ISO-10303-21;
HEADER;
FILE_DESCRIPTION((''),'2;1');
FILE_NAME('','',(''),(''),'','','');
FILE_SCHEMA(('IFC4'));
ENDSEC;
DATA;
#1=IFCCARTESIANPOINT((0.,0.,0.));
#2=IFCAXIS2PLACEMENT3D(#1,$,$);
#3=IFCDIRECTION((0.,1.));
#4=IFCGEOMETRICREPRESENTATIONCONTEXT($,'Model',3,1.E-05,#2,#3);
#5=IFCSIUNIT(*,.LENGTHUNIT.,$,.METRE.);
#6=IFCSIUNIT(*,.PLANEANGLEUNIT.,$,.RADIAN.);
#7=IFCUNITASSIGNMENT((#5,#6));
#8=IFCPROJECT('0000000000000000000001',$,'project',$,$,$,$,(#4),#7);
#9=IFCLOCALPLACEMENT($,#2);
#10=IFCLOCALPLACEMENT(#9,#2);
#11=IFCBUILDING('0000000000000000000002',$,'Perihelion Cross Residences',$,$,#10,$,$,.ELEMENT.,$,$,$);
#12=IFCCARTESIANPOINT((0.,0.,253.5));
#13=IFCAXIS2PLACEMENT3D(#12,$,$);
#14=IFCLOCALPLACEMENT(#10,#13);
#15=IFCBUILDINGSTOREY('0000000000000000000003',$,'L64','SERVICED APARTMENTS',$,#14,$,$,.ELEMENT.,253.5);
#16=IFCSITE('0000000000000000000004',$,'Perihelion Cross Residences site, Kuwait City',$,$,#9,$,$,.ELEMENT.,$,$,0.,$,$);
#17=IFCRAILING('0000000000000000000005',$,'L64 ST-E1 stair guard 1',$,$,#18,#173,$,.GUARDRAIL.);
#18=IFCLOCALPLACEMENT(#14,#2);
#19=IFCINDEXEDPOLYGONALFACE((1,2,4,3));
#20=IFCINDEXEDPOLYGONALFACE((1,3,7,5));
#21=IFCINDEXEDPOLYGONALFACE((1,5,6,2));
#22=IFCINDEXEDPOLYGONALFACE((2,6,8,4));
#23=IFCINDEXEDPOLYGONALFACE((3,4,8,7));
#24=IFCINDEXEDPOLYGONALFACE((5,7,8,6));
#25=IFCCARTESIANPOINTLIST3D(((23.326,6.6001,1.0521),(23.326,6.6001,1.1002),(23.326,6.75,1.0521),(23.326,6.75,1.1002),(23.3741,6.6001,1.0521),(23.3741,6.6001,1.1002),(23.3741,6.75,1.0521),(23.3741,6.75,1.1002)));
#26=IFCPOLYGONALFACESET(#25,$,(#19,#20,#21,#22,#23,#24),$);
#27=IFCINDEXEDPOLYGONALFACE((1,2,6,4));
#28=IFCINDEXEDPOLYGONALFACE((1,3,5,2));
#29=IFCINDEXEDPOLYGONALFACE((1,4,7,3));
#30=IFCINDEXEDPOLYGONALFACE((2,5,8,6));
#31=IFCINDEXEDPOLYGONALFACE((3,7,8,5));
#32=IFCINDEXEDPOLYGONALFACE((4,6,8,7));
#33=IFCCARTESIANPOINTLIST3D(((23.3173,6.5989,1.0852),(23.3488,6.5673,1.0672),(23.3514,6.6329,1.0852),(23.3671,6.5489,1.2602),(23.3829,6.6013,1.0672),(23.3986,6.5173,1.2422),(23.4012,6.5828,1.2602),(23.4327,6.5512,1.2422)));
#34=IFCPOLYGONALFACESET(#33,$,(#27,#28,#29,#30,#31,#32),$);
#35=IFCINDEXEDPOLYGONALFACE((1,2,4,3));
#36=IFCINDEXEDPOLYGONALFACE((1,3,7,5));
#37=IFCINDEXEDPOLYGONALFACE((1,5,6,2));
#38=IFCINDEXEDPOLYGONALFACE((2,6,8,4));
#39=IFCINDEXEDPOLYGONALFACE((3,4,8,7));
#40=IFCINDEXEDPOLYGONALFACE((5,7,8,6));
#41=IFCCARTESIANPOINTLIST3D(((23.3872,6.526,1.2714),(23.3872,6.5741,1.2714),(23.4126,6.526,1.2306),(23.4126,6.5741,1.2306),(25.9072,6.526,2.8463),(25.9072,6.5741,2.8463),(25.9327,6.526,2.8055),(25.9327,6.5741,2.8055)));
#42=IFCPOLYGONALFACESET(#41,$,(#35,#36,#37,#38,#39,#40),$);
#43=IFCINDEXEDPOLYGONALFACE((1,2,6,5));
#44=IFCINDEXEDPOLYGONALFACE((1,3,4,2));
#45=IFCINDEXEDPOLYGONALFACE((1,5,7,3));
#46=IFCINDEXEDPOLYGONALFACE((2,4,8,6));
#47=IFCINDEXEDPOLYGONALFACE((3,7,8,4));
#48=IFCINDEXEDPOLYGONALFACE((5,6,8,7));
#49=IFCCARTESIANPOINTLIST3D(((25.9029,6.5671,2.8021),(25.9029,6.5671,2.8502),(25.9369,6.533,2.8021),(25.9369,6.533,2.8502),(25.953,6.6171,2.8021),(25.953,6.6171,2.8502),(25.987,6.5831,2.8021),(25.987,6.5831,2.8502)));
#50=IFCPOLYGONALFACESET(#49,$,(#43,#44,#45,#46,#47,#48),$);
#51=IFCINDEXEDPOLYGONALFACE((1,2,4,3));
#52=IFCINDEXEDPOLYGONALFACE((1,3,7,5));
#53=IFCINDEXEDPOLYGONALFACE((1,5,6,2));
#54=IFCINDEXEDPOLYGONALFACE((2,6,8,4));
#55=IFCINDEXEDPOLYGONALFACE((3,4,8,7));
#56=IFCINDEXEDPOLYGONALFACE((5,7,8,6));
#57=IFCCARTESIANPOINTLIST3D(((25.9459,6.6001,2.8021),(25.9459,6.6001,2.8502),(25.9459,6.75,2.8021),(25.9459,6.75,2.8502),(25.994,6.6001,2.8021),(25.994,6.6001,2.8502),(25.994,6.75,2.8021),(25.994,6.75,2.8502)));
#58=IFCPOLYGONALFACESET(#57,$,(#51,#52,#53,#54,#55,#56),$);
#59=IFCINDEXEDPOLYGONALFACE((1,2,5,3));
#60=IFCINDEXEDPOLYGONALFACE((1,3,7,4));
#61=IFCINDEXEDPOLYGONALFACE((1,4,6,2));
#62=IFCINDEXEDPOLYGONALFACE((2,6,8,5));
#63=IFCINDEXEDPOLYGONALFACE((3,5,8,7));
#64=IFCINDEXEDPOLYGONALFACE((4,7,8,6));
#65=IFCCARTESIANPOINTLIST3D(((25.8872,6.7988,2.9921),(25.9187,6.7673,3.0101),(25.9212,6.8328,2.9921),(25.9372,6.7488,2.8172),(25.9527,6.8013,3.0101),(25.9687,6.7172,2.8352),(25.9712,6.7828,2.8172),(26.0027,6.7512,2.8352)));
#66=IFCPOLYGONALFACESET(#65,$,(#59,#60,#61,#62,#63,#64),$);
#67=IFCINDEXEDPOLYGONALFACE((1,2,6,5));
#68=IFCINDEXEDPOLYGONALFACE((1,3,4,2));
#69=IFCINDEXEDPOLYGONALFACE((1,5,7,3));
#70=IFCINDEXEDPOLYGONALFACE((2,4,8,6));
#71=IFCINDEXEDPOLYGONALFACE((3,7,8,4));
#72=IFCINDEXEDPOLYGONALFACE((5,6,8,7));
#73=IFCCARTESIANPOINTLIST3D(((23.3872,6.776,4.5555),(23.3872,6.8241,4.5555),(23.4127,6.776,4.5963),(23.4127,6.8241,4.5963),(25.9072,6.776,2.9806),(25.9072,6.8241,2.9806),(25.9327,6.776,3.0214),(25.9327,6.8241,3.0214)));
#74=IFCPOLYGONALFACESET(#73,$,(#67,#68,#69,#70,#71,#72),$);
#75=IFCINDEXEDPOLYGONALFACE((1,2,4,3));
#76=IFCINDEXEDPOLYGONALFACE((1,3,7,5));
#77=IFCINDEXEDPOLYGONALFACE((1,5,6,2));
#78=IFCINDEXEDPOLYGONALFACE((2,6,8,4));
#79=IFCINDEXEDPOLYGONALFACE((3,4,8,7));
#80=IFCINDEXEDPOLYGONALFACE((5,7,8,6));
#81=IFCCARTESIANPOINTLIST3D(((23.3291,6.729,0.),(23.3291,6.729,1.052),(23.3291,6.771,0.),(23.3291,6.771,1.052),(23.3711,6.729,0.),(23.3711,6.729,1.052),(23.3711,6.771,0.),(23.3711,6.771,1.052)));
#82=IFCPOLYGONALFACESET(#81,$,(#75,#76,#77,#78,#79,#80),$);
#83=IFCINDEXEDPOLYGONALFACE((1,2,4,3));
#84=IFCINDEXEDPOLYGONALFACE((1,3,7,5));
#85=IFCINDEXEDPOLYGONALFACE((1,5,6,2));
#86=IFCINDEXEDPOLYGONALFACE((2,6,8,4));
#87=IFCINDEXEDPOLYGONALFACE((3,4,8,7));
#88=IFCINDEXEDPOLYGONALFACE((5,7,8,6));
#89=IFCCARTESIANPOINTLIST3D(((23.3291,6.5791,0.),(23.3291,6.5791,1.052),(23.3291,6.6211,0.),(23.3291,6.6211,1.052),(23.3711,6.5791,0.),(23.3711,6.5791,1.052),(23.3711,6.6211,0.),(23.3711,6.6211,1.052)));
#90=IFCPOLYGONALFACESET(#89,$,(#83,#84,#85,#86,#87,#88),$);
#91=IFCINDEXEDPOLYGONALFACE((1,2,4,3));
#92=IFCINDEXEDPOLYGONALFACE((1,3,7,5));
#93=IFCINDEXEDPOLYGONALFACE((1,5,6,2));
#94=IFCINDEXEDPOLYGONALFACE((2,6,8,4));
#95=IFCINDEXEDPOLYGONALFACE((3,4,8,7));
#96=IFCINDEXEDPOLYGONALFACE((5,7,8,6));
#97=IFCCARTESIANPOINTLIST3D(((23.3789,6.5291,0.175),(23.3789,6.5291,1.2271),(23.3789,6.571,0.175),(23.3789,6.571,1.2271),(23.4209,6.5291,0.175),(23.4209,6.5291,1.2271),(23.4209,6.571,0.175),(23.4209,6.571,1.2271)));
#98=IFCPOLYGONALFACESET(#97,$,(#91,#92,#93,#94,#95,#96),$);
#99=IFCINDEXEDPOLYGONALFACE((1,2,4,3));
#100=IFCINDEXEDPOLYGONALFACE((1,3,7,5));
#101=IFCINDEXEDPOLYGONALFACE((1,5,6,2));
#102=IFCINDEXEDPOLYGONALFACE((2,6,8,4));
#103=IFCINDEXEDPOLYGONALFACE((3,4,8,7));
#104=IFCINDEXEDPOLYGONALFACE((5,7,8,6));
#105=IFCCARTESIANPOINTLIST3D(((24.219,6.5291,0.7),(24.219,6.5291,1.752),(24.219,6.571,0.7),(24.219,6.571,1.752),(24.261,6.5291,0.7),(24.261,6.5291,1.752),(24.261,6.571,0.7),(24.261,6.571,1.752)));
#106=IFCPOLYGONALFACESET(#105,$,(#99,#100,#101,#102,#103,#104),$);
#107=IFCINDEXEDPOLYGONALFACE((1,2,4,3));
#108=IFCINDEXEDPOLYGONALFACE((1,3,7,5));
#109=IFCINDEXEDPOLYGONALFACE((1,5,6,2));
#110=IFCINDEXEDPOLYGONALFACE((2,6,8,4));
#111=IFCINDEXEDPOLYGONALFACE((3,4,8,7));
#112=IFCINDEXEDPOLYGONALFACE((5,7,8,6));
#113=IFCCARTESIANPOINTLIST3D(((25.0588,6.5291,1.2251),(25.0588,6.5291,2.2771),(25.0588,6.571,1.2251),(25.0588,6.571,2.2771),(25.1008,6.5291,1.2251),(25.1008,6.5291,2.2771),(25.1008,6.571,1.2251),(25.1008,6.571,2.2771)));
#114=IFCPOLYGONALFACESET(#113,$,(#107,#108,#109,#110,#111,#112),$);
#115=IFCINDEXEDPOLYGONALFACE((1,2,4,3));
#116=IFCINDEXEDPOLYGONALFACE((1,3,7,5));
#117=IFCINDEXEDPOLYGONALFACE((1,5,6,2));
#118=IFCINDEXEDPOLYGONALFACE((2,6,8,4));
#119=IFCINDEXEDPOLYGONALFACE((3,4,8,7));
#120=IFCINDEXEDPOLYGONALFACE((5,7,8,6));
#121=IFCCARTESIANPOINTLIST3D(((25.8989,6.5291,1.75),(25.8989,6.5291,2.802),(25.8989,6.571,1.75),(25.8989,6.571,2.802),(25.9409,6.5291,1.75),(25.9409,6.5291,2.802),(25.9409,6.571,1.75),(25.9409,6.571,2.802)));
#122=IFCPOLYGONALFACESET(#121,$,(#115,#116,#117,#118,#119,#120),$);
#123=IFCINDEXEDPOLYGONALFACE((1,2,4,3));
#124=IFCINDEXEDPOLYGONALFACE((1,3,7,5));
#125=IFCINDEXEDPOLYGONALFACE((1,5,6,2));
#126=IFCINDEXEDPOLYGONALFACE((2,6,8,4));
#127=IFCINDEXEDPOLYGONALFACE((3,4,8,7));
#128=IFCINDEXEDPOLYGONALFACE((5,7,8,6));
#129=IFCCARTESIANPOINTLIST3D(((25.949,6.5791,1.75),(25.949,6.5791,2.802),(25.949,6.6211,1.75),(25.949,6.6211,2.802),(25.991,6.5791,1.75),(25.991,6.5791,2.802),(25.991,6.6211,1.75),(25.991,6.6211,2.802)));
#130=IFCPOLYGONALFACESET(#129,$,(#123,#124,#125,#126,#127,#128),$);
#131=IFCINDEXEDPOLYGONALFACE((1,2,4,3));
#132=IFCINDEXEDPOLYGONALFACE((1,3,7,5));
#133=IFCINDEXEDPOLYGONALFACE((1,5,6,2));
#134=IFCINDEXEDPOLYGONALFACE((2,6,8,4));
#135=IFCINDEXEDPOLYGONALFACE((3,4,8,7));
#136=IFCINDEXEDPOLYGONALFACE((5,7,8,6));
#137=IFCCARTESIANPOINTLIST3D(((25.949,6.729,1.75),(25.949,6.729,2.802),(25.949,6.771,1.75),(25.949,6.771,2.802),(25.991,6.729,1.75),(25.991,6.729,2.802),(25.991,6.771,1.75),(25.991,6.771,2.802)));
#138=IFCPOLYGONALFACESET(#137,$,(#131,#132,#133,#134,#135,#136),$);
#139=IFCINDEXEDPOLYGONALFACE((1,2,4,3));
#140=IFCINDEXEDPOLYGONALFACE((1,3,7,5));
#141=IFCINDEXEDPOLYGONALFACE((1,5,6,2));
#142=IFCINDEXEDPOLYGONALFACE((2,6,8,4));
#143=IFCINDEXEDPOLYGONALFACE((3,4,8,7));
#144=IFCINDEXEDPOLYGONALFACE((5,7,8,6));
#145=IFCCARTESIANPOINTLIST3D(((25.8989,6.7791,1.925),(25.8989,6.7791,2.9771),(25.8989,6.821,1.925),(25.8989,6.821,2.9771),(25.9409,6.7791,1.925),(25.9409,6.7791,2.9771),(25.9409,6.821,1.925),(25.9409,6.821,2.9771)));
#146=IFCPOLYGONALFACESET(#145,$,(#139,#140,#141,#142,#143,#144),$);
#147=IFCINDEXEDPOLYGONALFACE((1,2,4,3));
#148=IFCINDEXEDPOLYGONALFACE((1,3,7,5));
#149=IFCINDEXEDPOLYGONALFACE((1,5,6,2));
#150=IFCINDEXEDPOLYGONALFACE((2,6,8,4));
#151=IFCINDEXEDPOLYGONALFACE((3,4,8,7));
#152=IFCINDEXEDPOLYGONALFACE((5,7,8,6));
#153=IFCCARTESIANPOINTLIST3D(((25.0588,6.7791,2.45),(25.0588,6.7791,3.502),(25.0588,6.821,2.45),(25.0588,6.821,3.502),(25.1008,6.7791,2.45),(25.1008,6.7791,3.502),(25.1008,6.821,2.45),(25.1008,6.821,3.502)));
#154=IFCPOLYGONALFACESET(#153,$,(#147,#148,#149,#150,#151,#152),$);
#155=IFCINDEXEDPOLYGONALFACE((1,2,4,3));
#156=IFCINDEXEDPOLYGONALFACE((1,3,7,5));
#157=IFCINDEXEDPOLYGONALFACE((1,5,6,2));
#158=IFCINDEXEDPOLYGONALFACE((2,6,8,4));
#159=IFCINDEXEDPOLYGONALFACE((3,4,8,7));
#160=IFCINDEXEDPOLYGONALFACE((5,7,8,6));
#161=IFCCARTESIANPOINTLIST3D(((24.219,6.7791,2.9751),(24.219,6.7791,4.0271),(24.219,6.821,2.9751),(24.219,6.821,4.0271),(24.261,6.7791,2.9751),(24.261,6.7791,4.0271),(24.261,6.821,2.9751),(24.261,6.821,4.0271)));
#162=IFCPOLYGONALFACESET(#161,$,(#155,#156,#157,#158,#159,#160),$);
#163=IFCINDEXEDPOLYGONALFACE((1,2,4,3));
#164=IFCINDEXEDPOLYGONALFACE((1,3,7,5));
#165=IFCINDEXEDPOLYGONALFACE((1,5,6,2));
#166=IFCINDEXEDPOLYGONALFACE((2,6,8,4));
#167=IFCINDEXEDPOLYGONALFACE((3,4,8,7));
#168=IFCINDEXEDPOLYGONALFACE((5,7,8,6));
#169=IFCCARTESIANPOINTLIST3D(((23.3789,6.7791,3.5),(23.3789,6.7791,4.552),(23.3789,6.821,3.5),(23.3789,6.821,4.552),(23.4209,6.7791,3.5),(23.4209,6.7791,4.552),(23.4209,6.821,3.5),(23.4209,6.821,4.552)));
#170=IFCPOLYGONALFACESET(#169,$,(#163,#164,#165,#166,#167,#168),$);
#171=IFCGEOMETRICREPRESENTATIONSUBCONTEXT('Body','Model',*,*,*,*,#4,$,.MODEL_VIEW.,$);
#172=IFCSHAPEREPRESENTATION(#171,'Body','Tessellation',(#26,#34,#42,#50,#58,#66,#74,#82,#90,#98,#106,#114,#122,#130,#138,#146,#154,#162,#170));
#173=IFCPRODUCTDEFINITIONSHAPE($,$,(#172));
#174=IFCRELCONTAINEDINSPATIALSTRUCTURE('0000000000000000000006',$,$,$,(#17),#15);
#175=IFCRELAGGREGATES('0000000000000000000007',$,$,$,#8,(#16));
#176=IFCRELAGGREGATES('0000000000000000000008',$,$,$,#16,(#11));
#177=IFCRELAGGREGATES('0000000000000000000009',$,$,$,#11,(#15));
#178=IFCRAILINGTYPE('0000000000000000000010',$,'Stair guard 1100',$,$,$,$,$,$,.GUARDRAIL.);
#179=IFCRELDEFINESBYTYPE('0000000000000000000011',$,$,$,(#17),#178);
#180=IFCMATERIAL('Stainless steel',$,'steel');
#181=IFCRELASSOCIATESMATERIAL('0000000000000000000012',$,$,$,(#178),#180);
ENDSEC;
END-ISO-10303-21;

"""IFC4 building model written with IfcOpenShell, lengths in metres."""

from ifc_helpers import new_model, si_unit, direction, frame, origin, origin_2d, place, context, subcontext, project, spatial, rectangle, extrude, material, type_object, element, save


model = new_model("IFC4")

# Units and contexts
model_context = context("Model", 3, precision=1e-05, world=origin(), true_north=direction((0.0, 1.0)))
body_context = subcontext(model_context, "Body", "Model", "MODEL_VIEW")
ifc_project = project(units=[si_unit("LENGTHUNIT", "METRE"), si_unit("PLANEANGLEUNIT", "RADIAN")], contexts=[model_context])

# Site, building, storey
site_placement = place(None, origin())
site = spatial("IfcSite", under=ifc_project, at=site_placement, Name="Perihelion Cross Residences site, Kuwait City", CompositionType="ELEMENT", RefElevation=0.0)
building_placement = place(site_placement, origin())
building = spatial("IfcBuilding", under=site, at=building_placement, Name="Perihelion Cross Residences", CompositionType="ELEMENT")
storey_placement = place(building_placement, frame((0.0, 0.0, 253.5)))
storey = spatial("IfcBuildingStorey", under=building, at=storey_placement, Name="L64", Description="SERVICED APARTMENTS", CompositionType="ELEMENT", Elevation=253.5)

# Railing
ifc_material_1 = material(Name="Stainless steel", Category="steel")
railing_type_1 = type_object("IfcRailingType", Name="Stair guard 1100", PredefinedType="GUARDRAIL", material=ifc_material_1)
railing_1_placement = place(storey_placement, frame((23.3501, 6.75, 0.0)))
element("IfcRailing", 1, at=railing_1_placement, inside=storey, type_object=railing_type_1, Name="L64 ST-E1 stair guard 1", PredefinedType="GUARDRAIL", context=body_context, shape_type="SweptSolid", body=[
    extrude(rectangle(XDim=0.0481, YDim=0.0481, at=origin_2d()), frame((0.0, 0.0, 1.0762), z_axis=(0.0, -1.0, 0.0), x_axis=(1.0, 0.0, 0.0)), (0.0, 0.0, 1.0), 0.1499),
    extrude(rectangle(XDim=0.0481, YDim=0.0481, at=origin_2d()), frame((0.0, -0.1499, 1.0762), z_axis=(0.263862, -0.265156, 0.927399), x_axis=(0.708834, 0.705376, 0.0)), (0.0, 0.0, 1.0), 0.1887),
    extrude(rectangle(XDim=0.0481, YDim=0.0481, at=origin_2d()), frame((0.0498, -0.2, 1.251), z_axis=(0.848008, 0.0, 0.529984), x_axis=(0.0, 1.0, 0.0)), (0.0, 0.0, 1.0), 2.9717),
    extrude(rectangle(XDim=0.0481, YDim=0.0481, at=origin_2d()), frame((2.5698, -0.2, 2.8262), z_axis=(0.707107, 0.707107, 0.0), x_axis=(-0.707107, 0.707107, 0.0)), (0.0, 0.0, 1.0), 0.0708),
    extrude(rectangle(XDim=0.0481, YDim=0.0481, at=origin_2d()), frame((2.6199, -0.1499, 2.8262), z_axis=(0.0, 1.0, 0.0), x_axis=(-1.0, 0.0, 0.0)), (0.0, 0.0, 1.0), 0.1499),
    extrude(rectangle(XDim=0.0481, YDim=0.0481, at=origin_2d()), frame((2.6199, 0.0, 2.8262), z_axis=(-0.265065, 0.265065, 0.927082), x_axis=(-0.707107, -0.707107, 0.0)), (0.0, 0.0, 1.0), 0.1887),
    extrude(rectangle(XDim=0.0481, YDim=0.0481, at=origin_2d()), frame((2.5698, 0.05, 3.001), z_axis=(-0.848008, 0.0, 0.529984), x_axis=(0.0, -1.0, 0.0)), (0.0, 0.0, 1.0), 2.9717),
    extrude(rectangle(XDim=0.042, YDim=0.042, at=origin_2d()), origin(), (0.0, 0.0, 1.0), 1.052),
    extrude(rectangle(XDim=0.042, YDim=0.042, at=origin_2d()), frame((0.0, -0.1499, 0.0)), (0.0, 0.0, 1.0), 1.052),
    extrude(rectangle(XDim=0.042, YDim=0.042, at=origin_2d()), frame((0.0498, -0.2, 0.175)), (0.0, 0.0, 1.0), 1.052),
    extrude(rectangle(XDim=0.042, YDim=0.042, at=origin_2d()), frame((0.8899, -0.2, 0.7)), (0.0, 0.0, 1.0), 1.052),
    extrude(rectangle(XDim=0.042, YDim=0.042, at=origin_2d()), frame((1.7297, -0.2, 1.2251)), (0.0, 0.0, 1.0), 1.052),
    extrude(rectangle(XDim=0.042, YDim=0.042, at=origin_2d()), frame((2.5698, -0.2, 1.75)), (0.0, 0.0, 1.0), 1.052),
    extrude(rectangle(XDim=0.042, YDim=0.042, at=origin_2d()), frame((2.6199, -0.1499, 1.75)), (0.0, 0.0, 1.0), 1.052),
    extrude(rectangle(XDim=0.042, YDim=0.042, at=origin_2d()), frame((2.6199, 0.0, 1.75)), (0.0, 0.0, 1.0), 1.052),
    extrude(rectangle(XDim=0.042, YDim=0.042, at=origin_2d()), frame((2.5698, 0.05, 1.925)), (0.0, 0.0, 1.0), 1.052),
    extrude(rectangle(XDim=0.042, YDim=0.042, at=origin_2d()), frame((1.7297, 0.05, 2.45)), (0.0, 0.0, 1.0), 1.052),
    extrude(rectangle(XDim=0.042, YDim=0.042, at=origin_2d()), frame((0.8899, 0.05, 2.9751)), (0.0, 0.0, 1.0), 1.052),
    extrude(rectangle(XDim=0.042, YDim=0.042, at=origin_2d()), frame((0.0498, 0.05, 3.5)), (0.0, 0.0, 1.0), 1.052),
])

save(model, "model.ifc")
